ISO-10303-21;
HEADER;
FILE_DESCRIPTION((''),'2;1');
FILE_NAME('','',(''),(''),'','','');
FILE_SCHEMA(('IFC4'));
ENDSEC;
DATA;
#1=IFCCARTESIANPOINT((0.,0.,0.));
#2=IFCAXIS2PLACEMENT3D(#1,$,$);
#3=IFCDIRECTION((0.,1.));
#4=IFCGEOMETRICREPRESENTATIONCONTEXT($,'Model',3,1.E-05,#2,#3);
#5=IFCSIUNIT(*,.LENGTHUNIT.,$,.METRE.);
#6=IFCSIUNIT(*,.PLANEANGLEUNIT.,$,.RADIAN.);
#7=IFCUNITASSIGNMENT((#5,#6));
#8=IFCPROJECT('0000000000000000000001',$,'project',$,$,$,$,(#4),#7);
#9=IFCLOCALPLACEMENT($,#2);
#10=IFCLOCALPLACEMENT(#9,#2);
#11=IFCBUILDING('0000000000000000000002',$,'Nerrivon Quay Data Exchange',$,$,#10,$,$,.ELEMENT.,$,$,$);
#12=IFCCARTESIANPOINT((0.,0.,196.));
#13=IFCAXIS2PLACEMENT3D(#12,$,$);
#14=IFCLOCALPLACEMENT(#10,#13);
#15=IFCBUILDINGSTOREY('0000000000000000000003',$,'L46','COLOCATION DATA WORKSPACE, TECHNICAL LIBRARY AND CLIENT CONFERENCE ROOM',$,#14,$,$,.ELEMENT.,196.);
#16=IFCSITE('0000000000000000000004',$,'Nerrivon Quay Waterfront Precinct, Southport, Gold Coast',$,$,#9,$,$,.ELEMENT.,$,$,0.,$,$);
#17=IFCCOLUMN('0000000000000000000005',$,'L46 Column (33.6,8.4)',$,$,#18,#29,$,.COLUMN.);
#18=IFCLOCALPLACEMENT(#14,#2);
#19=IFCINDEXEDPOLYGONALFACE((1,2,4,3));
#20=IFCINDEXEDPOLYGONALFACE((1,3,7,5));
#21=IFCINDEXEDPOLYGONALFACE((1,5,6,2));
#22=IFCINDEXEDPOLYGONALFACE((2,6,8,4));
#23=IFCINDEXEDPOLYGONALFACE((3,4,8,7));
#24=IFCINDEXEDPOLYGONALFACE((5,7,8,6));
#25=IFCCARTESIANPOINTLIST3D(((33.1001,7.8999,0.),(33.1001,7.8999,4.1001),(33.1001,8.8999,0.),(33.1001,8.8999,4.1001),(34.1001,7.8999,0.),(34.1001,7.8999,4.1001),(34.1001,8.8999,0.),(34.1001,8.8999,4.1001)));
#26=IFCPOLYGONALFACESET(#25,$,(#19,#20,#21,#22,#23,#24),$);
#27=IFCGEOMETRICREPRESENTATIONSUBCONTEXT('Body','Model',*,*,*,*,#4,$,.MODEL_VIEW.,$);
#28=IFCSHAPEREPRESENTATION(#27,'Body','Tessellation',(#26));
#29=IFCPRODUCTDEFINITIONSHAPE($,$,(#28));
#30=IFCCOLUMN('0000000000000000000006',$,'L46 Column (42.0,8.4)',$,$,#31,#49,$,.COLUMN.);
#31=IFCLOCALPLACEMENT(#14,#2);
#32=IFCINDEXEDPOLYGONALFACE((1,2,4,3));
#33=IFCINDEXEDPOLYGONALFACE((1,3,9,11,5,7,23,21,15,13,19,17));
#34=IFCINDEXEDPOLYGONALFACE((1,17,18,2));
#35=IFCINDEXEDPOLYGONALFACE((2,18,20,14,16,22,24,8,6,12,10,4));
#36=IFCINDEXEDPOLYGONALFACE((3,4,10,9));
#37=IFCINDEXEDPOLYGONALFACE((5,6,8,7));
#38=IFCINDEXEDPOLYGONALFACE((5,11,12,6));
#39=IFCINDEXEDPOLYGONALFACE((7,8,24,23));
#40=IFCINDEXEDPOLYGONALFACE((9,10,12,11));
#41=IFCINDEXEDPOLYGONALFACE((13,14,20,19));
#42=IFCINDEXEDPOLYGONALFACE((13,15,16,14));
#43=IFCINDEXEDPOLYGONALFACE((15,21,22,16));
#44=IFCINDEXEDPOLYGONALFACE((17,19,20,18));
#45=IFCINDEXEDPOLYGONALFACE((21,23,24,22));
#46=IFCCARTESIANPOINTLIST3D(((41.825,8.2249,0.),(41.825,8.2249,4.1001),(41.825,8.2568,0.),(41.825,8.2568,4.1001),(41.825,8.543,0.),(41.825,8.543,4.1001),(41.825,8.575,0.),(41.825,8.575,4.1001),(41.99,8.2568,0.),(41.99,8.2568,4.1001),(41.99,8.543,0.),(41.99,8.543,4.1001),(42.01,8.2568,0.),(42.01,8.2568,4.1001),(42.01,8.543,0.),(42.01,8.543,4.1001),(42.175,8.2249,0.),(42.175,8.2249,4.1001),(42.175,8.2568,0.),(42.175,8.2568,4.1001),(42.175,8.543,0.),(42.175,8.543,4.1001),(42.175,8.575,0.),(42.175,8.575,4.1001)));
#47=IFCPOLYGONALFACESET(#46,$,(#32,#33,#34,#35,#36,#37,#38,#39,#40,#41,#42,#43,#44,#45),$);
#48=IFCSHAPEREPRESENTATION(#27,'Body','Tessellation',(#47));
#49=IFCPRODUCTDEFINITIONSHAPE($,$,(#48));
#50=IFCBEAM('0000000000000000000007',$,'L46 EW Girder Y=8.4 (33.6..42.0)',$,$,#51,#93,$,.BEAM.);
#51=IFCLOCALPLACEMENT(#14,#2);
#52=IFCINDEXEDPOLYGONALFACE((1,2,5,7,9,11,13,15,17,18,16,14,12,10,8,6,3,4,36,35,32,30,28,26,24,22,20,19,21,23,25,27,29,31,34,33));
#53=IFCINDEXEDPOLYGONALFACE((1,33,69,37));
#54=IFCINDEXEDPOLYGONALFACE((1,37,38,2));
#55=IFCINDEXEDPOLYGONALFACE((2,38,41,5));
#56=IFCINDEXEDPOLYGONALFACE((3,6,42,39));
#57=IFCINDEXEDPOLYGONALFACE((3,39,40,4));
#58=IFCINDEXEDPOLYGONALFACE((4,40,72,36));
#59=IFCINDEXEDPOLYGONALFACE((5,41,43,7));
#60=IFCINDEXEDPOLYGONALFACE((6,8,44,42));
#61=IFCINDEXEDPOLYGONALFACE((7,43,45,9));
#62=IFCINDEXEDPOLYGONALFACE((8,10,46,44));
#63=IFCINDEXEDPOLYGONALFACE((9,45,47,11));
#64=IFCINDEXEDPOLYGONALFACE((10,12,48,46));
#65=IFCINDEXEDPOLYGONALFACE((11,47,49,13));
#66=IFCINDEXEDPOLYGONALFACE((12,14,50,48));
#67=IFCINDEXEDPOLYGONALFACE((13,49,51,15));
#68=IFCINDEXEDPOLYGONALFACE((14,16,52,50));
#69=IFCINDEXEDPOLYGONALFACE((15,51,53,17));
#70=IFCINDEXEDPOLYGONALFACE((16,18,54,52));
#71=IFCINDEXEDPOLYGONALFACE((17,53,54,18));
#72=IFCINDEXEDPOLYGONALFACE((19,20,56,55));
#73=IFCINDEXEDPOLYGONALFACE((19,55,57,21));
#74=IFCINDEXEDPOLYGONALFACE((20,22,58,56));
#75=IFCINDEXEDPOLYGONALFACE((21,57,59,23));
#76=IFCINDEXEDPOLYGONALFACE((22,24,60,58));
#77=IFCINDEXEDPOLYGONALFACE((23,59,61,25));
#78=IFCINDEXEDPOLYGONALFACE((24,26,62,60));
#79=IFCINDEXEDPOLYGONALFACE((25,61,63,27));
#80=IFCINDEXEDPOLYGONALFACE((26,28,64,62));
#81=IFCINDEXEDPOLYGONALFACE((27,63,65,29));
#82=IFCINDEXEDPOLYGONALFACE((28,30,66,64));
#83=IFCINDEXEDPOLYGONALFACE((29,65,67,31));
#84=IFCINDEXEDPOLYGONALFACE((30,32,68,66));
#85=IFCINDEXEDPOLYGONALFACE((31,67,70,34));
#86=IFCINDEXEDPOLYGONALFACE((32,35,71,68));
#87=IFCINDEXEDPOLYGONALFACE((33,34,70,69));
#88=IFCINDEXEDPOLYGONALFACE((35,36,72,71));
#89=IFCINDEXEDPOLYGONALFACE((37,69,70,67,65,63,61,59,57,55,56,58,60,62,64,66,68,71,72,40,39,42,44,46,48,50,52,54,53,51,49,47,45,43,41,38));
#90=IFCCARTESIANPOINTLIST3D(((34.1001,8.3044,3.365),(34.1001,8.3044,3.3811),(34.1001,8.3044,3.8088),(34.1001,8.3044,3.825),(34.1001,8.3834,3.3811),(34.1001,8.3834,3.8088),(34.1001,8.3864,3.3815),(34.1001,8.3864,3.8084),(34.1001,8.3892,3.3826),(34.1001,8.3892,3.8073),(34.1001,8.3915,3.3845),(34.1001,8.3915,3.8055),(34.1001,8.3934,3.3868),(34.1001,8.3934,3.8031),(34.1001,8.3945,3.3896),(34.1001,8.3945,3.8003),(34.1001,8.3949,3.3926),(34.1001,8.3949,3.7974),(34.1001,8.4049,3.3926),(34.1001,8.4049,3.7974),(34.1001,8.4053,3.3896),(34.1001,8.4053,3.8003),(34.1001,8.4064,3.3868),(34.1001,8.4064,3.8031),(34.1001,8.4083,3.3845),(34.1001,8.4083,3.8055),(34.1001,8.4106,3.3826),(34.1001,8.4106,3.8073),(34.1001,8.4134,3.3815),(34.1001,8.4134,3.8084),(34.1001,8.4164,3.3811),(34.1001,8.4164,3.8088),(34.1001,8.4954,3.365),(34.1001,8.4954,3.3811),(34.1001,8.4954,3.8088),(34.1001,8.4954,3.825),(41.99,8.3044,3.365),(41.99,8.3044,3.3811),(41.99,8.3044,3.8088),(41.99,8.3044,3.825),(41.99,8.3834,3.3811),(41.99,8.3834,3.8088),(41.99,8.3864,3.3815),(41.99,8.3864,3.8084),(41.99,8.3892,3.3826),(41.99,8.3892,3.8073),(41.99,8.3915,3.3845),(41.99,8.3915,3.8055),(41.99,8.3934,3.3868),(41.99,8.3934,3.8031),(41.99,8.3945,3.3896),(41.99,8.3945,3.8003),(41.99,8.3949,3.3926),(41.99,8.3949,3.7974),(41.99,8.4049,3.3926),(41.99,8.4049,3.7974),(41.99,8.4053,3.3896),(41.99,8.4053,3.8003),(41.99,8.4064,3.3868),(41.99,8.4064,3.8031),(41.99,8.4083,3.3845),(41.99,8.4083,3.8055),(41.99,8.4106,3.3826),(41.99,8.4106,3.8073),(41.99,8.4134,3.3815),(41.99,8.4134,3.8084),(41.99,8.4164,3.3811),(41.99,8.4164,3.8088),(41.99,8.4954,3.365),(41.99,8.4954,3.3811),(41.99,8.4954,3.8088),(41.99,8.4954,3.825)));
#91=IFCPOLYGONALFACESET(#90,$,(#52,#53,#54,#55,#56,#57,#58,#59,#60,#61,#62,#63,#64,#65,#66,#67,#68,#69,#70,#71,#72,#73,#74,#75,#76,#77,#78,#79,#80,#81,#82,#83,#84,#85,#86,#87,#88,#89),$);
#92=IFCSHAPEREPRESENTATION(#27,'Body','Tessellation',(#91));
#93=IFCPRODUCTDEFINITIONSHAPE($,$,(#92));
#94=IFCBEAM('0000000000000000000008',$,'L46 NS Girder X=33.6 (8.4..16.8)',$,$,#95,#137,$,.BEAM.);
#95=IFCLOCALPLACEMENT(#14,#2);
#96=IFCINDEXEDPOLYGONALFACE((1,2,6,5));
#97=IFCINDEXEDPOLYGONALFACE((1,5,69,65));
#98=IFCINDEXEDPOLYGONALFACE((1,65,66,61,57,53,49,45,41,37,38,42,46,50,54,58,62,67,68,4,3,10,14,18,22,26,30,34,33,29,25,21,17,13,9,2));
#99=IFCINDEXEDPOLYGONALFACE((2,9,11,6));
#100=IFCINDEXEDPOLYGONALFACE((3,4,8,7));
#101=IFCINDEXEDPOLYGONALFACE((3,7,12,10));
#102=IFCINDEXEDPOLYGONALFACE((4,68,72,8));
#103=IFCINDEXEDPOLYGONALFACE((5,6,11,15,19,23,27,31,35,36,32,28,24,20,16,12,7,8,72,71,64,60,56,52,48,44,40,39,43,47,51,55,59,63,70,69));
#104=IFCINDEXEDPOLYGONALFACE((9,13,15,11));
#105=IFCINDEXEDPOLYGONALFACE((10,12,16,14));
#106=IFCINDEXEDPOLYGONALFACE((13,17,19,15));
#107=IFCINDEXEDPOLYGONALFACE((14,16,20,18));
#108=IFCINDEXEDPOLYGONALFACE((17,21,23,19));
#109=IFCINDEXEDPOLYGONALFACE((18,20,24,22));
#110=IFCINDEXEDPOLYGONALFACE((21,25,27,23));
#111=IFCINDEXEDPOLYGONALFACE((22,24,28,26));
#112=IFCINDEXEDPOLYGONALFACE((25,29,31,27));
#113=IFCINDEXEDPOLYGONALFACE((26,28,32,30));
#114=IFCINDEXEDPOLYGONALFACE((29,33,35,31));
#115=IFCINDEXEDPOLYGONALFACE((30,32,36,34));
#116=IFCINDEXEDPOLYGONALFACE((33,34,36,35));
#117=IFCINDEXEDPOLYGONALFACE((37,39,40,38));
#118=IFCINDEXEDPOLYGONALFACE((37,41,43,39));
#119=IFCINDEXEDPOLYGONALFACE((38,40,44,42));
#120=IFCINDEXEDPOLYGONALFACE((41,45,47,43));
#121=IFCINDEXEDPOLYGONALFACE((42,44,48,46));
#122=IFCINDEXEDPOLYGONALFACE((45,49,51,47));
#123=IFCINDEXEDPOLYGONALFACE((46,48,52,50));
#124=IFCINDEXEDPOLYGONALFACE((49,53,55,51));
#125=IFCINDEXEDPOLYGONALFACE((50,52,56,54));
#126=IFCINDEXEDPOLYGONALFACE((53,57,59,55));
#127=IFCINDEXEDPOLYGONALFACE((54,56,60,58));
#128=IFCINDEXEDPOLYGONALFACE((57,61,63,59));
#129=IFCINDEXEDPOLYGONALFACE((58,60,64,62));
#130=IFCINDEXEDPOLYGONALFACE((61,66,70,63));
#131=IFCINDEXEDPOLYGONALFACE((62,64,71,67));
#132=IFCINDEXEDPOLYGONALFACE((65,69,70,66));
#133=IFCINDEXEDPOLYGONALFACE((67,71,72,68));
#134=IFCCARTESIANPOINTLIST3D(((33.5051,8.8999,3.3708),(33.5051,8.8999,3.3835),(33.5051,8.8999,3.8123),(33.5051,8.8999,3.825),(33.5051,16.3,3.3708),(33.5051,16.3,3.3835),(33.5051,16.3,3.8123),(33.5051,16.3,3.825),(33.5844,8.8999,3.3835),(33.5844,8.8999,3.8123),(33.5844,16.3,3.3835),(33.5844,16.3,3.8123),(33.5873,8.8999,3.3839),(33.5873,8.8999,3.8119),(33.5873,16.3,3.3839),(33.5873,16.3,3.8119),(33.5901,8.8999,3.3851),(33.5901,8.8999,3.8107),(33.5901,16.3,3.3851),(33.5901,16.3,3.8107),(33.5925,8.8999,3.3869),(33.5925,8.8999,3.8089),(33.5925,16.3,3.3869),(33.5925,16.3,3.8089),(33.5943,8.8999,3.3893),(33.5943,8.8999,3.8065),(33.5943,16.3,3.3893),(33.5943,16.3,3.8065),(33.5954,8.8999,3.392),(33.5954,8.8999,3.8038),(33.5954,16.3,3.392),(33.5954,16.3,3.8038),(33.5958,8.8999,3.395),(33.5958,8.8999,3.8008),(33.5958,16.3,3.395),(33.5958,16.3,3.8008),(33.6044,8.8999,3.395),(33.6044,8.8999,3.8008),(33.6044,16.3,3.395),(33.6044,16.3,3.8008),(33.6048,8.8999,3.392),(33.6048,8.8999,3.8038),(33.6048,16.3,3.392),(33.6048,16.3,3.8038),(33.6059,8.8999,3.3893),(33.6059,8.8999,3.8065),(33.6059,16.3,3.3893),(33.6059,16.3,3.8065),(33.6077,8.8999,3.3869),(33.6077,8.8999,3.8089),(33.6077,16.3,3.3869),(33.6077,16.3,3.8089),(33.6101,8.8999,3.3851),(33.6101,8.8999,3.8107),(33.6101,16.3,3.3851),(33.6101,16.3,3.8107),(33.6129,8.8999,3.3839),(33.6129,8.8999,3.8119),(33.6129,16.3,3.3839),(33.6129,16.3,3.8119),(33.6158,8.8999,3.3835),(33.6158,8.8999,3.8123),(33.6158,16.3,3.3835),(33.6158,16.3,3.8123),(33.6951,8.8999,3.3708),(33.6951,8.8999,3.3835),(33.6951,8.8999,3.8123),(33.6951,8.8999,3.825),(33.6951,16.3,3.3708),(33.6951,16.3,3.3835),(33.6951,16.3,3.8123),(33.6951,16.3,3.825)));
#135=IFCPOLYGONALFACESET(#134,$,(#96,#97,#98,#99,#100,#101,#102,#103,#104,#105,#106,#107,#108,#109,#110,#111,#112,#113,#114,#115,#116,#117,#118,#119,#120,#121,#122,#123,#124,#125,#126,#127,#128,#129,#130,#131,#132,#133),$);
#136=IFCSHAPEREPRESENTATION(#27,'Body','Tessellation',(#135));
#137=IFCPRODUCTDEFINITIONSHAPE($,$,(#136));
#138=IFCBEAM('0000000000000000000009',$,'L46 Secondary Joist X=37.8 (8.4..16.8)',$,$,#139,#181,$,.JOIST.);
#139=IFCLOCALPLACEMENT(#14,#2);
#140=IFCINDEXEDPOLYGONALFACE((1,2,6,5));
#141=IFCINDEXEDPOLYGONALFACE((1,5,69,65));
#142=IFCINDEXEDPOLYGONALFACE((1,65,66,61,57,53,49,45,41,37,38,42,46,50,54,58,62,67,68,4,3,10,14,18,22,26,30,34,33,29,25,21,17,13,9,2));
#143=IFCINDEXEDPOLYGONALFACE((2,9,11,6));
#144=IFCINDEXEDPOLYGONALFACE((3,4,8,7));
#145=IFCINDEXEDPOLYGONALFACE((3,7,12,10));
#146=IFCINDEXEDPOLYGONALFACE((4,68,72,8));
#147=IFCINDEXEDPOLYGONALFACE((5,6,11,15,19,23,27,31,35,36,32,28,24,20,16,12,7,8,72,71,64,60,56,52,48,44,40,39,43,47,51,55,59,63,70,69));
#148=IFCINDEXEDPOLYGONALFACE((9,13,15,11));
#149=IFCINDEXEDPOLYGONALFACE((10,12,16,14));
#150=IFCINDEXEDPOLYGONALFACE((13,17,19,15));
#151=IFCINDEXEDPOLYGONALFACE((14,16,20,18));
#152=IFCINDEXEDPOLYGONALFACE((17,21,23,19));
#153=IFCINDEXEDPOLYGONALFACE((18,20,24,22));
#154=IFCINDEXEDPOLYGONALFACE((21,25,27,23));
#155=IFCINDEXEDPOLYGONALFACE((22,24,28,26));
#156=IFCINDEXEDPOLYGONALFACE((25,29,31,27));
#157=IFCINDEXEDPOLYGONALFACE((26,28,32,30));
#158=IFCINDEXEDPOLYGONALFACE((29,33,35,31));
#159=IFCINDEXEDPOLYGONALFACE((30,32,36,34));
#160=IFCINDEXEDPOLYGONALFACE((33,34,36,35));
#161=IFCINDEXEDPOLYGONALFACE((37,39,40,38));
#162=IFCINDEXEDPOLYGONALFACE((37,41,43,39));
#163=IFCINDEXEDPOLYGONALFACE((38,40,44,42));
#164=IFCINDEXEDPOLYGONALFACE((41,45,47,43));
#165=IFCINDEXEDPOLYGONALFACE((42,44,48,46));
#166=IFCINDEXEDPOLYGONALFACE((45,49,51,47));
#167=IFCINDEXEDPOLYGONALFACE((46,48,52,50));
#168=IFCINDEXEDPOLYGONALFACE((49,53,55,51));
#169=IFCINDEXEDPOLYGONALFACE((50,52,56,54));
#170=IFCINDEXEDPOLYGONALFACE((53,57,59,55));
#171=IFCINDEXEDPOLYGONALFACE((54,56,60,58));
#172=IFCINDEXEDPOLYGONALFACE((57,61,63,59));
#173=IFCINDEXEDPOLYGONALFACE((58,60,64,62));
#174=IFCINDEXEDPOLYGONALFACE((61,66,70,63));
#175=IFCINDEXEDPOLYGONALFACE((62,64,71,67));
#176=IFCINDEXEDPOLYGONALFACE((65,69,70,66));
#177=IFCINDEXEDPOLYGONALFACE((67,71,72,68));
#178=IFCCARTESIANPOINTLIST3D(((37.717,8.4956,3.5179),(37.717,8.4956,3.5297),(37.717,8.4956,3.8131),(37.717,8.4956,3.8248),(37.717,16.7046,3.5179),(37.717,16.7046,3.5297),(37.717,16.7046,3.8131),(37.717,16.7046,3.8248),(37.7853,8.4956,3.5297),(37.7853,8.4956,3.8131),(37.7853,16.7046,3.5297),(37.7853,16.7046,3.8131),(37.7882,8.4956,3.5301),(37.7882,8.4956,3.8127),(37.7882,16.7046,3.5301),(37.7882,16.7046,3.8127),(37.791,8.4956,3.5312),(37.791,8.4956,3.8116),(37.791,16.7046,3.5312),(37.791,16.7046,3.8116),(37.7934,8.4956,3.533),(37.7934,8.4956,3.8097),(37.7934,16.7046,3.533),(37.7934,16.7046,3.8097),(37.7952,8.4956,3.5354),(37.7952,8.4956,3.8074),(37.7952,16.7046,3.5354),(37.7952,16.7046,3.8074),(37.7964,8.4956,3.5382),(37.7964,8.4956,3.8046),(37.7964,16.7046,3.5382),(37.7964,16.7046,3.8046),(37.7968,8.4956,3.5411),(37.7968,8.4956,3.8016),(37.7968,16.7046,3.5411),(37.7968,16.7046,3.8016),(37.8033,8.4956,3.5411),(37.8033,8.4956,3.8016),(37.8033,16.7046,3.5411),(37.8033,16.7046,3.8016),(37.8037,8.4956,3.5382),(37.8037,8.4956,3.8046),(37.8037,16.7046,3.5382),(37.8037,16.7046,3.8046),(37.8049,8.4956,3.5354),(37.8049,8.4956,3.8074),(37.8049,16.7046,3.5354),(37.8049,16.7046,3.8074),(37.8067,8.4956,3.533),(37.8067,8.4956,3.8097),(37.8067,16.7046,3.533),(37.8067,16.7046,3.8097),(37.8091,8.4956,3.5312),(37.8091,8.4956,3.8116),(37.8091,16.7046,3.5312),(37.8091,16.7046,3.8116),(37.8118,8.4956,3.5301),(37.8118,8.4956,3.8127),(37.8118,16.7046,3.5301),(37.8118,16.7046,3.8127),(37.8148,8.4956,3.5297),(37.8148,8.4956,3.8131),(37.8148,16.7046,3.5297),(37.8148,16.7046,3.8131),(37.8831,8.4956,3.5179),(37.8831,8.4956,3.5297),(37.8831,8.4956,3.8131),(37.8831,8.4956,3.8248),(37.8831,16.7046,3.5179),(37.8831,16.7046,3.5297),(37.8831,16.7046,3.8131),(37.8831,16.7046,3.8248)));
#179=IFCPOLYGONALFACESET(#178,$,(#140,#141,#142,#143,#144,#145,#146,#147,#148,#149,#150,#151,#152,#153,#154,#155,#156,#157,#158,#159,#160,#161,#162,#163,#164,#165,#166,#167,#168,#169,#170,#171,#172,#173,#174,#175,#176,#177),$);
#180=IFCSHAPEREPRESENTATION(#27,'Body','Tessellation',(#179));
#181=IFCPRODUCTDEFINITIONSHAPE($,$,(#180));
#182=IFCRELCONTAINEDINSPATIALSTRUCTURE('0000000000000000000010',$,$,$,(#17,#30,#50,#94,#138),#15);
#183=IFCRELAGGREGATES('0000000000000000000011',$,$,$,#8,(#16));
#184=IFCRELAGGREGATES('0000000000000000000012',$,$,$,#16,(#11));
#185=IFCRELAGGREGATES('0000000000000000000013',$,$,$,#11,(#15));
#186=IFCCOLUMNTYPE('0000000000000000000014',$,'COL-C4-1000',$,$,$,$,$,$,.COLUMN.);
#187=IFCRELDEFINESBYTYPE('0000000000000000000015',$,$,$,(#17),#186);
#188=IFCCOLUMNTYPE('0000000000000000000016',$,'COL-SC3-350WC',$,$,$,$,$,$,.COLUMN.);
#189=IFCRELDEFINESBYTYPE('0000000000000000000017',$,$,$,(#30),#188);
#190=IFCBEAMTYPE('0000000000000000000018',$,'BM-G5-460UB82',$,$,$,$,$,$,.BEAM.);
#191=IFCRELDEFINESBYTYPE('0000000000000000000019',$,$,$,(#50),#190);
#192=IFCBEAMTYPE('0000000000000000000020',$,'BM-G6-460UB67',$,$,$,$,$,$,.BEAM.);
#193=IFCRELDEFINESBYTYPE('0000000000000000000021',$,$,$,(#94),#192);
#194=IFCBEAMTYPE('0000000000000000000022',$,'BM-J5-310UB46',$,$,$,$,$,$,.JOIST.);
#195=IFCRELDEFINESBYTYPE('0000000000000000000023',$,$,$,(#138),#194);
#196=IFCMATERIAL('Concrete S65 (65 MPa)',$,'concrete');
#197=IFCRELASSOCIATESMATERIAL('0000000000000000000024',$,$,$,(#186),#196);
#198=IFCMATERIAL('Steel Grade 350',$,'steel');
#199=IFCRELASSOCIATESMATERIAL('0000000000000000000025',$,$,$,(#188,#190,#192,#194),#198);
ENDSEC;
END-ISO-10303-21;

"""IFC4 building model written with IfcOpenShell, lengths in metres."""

from ifc_helpers import new_model, si_unit, direction, frame, origin, origin_2d, place, context, subcontext, project, spatial, rectangle, i_section, extrude, material, material_profile, profile_set, type_object, element, save


model = new_model("IFC4")

# Units and contexts
model_context = context("Model", 3, precision=1e-05, world=origin(), true_north=direction((0.0, 1.0)))
body_context = subcontext(model_context, "Body", "Model", "MODEL_VIEW")
ifc_project = project(units=[si_unit("LENGTHUNIT", "METRE"), si_unit("PLANEANGLEUNIT", "RADIAN")], contexts=[model_context])

# Site, building, storey
site_placement = place(None, origin())
site = spatial("IfcSite", under=ifc_project, at=site_placement, Name="Nerrivon Quay Waterfront Precinct, Southport, Gold Coast", CompositionType="ELEMENT", RefElevation=0.0)
building_placement = place(site_placement, origin())
building = spatial("IfcBuilding", under=site, at=building_placement, Name="Nerrivon Quay Data Exchange", CompositionType="ELEMENT")
storey_placement = place(building_placement, frame((0.0, 0.0, 196.0)))
storey = spatial("IfcBuildingStorey", under=building, at=storey_placement, Name="L46", Description="COLOCATION DATA WORKSPACE, TECHNICAL LIBRARY AND CLIENT CONFERENCE ROOM", CompositionType="ELEMENT", Elevation=196.0)

# Columns
ifc_material_1 = material(Name="Concrete S65 (65 MPa)", Category="concrete")
ifc_material_profile_1 = material_profile(ifc_material_1, rectangle(XDim=1.0, YDim=1.0, at=origin_2d()), Name="RC-COL-1000x1000")
ifc_profile_set_1 = profile_set([ifc_material_profile_1], Name="Concrete S65 (65 MPa)")
column_type_1 = type_object("IfcColumnType", Name="COL-C4-1000", PredefinedType="COLUMN", material=ifc_profile_set_1)
column_1_placement = place(storey_placement, frame((33.6001, 8.3999, 0.0), z_axis=(0.0, 0.0, 1.0), x_axis=(1.0, 0.0, 0.0)))
element("IfcColumn", 1, at=column_1_placement, inside=storey, type_object=column_type_1, Name="L46 Column (33.6,8.4)", PredefinedType="COLUMN", context=body_context, shape_type="SweptSolid", body=[
    extrude(rectangle(XDim=1.0, YDim=1.0, at=origin_2d()), origin(), (0.0, 0.0, 1.0), 4.1001),
])
ifc_material_2 = material(Name="Steel Grade 350", Category="steel")
ifc_material_profile_2 = material_profile(ifc_material_2, i_section(OverallWidth=0.3501, OverallDepth=0.3501, WebThickness=0.02, FlangeThickness=0.032, at=origin_2d()), Name="350WC230")
ifc_profile_set_2 = profile_set([ifc_material_profile_2], Name="Steel Grade 350")
column_type_2 = type_object("IfcColumnType", Name="COL-SC3-350WC", PredefinedType="COLUMN", material=ifc_profile_set_2)
column_2_placement = place(storey_placement, frame((42.0, 8.3999, 0.0), z_axis=(0.0, 0.0, 1.0), x_axis=(1.0, 0.0, 0.0)))
element("IfcColumn", 2, at=column_2_placement, inside=storey, type_object=column_type_2, Name="L46 Column (42.0,8.4)", PredefinedType="COLUMN", context=body_context, shape_type="SweptSolid", body=[
    extrude(i_section(OverallWidth=0.3501, OverallDepth=0.3501, WebThickness=0.02, FlangeThickness=0.032, at=origin_2d()), origin(), (0.0, 0.0, 1.0), 4.1001),
])

# Beams
ifc_material_profile_3 = material_profile(ifc_material_2, i_section(OverallWidth=0.1909, OverallDepth=0.46, WebThickness=0.01, FlangeThickness=0.0161, FilletRadius=0.0115, at=origin_2d()), Name="460UB82.1")
ifc_profile_set_3 = profile_set([ifc_material_profile_3], Name="Steel Grade 350")
beam_type_1 = type_object("IfcBeamType", Name="BM-G5-460UB82", PredefinedType="BEAM", material=ifc_profile_set_3)
beam_1_placement = place(storey_placement, frame((34.1001, 8.3999, 3.595), z_axis=(1.0, 0.0, 0.0), x_axis=(0.0, 1.0, 0.0)))
element("IfcBeam", 3, at=beam_1_placement, inside=storey, type_object=beam_type_1, Name="L46 EW Girder Y=8.4 (33.6..42.0)", PredefinedType="BEAM", context=body_context, shape_type="SweptSolid", body=[
    extrude(i_section(OverallWidth=0.1909, OverallDepth=0.46, WebThickness=0.01, FlangeThickness=0.0161, FilletRadius=0.0115, at=origin_2d()), origin(), (0.0, 0.0, 1.0), 7.8899),
])
ifc_material_profile_4 = material_profile(ifc_material_2, i_section(OverallWidth=0.1899, OverallDepth=0.4541, WebThickness=0.0085, FlangeThickness=0.0127, FilletRadius=0.0115, at=origin_2d()), Name="460UB67.1")
ifc_profile_set_4 = profile_set([ifc_material_profile_4], Name="Steel Grade 350")
beam_type_2 = type_object("IfcBeamType", Name="BM-G6-460UB67", PredefinedType="BEAM", material=ifc_profile_set_4)
beam_2_placement = place(storey_placement, frame((33.6001, 8.8999, 3.5979), z_axis=(0.0, 1.0, 0.0), x_axis=(-1.0, 0.0, 0.0)))
element("IfcBeam", 4, at=beam_2_placement, inside=storey, type_object=beam_type_2, Name="L46 NS Girder X=33.6 (8.4..16.8)", PredefinedType="BEAM", context=body_context, shape_type="SweptSolid", body=[
    extrude(i_section(OverallWidth=0.1899, OverallDepth=0.4541, WebThickness=0.0085, FlangeThickness=0.0127, FilletRadius=0.0115, at=origin_2d()), origin(), (0.0, 0.0, 1.0), 7.4001),
])
ifc_material_profile_5 = material_profile(ifc_material_2, i_section(OverallWidth=0.166, OverallDepth=0.3069, WebThickness=0.0066, FlangeThickness=0.0117, FilletRadius=0.0115, at=origin_2d()), Name="310UB46.2")
ifc_profile_set_5 = profile_set([ifc_material_profile_5], Name="Steel Grade 350")
beam_type_3 = type_object("IfcBeamType", Name="BM-J5-310UB46", PredefinedType="JOIST", material=ifc_profile_set_5)
beam_3_placement = place(storey_placement, frame((37.8, 8.4956, 3.6714), z_axis=(0.0, 1.0, 0.0), x_axis=(-1.0, 0.0, 0.0)))
element("IfcBeam", 5, at=beam_3_placement, inside=storey, type_object=beam_type_3, Name="L46 Secondary Joist X=37.8 (8.4..16.8)", PredefinedType="JOIST", context=body_context, shape_type="SweptSolid", body=[
    extrude(i_section(OverallWidth=0.166, OverallDepth=0.3069, WebThickness=0.0066, FlangeThickness=0.0117, FilletRadius=0.0115, at=origin_2d()), origin(), (0.0, 0.0, 1.0), 8.209),
])

save(model, "model.ifc")
